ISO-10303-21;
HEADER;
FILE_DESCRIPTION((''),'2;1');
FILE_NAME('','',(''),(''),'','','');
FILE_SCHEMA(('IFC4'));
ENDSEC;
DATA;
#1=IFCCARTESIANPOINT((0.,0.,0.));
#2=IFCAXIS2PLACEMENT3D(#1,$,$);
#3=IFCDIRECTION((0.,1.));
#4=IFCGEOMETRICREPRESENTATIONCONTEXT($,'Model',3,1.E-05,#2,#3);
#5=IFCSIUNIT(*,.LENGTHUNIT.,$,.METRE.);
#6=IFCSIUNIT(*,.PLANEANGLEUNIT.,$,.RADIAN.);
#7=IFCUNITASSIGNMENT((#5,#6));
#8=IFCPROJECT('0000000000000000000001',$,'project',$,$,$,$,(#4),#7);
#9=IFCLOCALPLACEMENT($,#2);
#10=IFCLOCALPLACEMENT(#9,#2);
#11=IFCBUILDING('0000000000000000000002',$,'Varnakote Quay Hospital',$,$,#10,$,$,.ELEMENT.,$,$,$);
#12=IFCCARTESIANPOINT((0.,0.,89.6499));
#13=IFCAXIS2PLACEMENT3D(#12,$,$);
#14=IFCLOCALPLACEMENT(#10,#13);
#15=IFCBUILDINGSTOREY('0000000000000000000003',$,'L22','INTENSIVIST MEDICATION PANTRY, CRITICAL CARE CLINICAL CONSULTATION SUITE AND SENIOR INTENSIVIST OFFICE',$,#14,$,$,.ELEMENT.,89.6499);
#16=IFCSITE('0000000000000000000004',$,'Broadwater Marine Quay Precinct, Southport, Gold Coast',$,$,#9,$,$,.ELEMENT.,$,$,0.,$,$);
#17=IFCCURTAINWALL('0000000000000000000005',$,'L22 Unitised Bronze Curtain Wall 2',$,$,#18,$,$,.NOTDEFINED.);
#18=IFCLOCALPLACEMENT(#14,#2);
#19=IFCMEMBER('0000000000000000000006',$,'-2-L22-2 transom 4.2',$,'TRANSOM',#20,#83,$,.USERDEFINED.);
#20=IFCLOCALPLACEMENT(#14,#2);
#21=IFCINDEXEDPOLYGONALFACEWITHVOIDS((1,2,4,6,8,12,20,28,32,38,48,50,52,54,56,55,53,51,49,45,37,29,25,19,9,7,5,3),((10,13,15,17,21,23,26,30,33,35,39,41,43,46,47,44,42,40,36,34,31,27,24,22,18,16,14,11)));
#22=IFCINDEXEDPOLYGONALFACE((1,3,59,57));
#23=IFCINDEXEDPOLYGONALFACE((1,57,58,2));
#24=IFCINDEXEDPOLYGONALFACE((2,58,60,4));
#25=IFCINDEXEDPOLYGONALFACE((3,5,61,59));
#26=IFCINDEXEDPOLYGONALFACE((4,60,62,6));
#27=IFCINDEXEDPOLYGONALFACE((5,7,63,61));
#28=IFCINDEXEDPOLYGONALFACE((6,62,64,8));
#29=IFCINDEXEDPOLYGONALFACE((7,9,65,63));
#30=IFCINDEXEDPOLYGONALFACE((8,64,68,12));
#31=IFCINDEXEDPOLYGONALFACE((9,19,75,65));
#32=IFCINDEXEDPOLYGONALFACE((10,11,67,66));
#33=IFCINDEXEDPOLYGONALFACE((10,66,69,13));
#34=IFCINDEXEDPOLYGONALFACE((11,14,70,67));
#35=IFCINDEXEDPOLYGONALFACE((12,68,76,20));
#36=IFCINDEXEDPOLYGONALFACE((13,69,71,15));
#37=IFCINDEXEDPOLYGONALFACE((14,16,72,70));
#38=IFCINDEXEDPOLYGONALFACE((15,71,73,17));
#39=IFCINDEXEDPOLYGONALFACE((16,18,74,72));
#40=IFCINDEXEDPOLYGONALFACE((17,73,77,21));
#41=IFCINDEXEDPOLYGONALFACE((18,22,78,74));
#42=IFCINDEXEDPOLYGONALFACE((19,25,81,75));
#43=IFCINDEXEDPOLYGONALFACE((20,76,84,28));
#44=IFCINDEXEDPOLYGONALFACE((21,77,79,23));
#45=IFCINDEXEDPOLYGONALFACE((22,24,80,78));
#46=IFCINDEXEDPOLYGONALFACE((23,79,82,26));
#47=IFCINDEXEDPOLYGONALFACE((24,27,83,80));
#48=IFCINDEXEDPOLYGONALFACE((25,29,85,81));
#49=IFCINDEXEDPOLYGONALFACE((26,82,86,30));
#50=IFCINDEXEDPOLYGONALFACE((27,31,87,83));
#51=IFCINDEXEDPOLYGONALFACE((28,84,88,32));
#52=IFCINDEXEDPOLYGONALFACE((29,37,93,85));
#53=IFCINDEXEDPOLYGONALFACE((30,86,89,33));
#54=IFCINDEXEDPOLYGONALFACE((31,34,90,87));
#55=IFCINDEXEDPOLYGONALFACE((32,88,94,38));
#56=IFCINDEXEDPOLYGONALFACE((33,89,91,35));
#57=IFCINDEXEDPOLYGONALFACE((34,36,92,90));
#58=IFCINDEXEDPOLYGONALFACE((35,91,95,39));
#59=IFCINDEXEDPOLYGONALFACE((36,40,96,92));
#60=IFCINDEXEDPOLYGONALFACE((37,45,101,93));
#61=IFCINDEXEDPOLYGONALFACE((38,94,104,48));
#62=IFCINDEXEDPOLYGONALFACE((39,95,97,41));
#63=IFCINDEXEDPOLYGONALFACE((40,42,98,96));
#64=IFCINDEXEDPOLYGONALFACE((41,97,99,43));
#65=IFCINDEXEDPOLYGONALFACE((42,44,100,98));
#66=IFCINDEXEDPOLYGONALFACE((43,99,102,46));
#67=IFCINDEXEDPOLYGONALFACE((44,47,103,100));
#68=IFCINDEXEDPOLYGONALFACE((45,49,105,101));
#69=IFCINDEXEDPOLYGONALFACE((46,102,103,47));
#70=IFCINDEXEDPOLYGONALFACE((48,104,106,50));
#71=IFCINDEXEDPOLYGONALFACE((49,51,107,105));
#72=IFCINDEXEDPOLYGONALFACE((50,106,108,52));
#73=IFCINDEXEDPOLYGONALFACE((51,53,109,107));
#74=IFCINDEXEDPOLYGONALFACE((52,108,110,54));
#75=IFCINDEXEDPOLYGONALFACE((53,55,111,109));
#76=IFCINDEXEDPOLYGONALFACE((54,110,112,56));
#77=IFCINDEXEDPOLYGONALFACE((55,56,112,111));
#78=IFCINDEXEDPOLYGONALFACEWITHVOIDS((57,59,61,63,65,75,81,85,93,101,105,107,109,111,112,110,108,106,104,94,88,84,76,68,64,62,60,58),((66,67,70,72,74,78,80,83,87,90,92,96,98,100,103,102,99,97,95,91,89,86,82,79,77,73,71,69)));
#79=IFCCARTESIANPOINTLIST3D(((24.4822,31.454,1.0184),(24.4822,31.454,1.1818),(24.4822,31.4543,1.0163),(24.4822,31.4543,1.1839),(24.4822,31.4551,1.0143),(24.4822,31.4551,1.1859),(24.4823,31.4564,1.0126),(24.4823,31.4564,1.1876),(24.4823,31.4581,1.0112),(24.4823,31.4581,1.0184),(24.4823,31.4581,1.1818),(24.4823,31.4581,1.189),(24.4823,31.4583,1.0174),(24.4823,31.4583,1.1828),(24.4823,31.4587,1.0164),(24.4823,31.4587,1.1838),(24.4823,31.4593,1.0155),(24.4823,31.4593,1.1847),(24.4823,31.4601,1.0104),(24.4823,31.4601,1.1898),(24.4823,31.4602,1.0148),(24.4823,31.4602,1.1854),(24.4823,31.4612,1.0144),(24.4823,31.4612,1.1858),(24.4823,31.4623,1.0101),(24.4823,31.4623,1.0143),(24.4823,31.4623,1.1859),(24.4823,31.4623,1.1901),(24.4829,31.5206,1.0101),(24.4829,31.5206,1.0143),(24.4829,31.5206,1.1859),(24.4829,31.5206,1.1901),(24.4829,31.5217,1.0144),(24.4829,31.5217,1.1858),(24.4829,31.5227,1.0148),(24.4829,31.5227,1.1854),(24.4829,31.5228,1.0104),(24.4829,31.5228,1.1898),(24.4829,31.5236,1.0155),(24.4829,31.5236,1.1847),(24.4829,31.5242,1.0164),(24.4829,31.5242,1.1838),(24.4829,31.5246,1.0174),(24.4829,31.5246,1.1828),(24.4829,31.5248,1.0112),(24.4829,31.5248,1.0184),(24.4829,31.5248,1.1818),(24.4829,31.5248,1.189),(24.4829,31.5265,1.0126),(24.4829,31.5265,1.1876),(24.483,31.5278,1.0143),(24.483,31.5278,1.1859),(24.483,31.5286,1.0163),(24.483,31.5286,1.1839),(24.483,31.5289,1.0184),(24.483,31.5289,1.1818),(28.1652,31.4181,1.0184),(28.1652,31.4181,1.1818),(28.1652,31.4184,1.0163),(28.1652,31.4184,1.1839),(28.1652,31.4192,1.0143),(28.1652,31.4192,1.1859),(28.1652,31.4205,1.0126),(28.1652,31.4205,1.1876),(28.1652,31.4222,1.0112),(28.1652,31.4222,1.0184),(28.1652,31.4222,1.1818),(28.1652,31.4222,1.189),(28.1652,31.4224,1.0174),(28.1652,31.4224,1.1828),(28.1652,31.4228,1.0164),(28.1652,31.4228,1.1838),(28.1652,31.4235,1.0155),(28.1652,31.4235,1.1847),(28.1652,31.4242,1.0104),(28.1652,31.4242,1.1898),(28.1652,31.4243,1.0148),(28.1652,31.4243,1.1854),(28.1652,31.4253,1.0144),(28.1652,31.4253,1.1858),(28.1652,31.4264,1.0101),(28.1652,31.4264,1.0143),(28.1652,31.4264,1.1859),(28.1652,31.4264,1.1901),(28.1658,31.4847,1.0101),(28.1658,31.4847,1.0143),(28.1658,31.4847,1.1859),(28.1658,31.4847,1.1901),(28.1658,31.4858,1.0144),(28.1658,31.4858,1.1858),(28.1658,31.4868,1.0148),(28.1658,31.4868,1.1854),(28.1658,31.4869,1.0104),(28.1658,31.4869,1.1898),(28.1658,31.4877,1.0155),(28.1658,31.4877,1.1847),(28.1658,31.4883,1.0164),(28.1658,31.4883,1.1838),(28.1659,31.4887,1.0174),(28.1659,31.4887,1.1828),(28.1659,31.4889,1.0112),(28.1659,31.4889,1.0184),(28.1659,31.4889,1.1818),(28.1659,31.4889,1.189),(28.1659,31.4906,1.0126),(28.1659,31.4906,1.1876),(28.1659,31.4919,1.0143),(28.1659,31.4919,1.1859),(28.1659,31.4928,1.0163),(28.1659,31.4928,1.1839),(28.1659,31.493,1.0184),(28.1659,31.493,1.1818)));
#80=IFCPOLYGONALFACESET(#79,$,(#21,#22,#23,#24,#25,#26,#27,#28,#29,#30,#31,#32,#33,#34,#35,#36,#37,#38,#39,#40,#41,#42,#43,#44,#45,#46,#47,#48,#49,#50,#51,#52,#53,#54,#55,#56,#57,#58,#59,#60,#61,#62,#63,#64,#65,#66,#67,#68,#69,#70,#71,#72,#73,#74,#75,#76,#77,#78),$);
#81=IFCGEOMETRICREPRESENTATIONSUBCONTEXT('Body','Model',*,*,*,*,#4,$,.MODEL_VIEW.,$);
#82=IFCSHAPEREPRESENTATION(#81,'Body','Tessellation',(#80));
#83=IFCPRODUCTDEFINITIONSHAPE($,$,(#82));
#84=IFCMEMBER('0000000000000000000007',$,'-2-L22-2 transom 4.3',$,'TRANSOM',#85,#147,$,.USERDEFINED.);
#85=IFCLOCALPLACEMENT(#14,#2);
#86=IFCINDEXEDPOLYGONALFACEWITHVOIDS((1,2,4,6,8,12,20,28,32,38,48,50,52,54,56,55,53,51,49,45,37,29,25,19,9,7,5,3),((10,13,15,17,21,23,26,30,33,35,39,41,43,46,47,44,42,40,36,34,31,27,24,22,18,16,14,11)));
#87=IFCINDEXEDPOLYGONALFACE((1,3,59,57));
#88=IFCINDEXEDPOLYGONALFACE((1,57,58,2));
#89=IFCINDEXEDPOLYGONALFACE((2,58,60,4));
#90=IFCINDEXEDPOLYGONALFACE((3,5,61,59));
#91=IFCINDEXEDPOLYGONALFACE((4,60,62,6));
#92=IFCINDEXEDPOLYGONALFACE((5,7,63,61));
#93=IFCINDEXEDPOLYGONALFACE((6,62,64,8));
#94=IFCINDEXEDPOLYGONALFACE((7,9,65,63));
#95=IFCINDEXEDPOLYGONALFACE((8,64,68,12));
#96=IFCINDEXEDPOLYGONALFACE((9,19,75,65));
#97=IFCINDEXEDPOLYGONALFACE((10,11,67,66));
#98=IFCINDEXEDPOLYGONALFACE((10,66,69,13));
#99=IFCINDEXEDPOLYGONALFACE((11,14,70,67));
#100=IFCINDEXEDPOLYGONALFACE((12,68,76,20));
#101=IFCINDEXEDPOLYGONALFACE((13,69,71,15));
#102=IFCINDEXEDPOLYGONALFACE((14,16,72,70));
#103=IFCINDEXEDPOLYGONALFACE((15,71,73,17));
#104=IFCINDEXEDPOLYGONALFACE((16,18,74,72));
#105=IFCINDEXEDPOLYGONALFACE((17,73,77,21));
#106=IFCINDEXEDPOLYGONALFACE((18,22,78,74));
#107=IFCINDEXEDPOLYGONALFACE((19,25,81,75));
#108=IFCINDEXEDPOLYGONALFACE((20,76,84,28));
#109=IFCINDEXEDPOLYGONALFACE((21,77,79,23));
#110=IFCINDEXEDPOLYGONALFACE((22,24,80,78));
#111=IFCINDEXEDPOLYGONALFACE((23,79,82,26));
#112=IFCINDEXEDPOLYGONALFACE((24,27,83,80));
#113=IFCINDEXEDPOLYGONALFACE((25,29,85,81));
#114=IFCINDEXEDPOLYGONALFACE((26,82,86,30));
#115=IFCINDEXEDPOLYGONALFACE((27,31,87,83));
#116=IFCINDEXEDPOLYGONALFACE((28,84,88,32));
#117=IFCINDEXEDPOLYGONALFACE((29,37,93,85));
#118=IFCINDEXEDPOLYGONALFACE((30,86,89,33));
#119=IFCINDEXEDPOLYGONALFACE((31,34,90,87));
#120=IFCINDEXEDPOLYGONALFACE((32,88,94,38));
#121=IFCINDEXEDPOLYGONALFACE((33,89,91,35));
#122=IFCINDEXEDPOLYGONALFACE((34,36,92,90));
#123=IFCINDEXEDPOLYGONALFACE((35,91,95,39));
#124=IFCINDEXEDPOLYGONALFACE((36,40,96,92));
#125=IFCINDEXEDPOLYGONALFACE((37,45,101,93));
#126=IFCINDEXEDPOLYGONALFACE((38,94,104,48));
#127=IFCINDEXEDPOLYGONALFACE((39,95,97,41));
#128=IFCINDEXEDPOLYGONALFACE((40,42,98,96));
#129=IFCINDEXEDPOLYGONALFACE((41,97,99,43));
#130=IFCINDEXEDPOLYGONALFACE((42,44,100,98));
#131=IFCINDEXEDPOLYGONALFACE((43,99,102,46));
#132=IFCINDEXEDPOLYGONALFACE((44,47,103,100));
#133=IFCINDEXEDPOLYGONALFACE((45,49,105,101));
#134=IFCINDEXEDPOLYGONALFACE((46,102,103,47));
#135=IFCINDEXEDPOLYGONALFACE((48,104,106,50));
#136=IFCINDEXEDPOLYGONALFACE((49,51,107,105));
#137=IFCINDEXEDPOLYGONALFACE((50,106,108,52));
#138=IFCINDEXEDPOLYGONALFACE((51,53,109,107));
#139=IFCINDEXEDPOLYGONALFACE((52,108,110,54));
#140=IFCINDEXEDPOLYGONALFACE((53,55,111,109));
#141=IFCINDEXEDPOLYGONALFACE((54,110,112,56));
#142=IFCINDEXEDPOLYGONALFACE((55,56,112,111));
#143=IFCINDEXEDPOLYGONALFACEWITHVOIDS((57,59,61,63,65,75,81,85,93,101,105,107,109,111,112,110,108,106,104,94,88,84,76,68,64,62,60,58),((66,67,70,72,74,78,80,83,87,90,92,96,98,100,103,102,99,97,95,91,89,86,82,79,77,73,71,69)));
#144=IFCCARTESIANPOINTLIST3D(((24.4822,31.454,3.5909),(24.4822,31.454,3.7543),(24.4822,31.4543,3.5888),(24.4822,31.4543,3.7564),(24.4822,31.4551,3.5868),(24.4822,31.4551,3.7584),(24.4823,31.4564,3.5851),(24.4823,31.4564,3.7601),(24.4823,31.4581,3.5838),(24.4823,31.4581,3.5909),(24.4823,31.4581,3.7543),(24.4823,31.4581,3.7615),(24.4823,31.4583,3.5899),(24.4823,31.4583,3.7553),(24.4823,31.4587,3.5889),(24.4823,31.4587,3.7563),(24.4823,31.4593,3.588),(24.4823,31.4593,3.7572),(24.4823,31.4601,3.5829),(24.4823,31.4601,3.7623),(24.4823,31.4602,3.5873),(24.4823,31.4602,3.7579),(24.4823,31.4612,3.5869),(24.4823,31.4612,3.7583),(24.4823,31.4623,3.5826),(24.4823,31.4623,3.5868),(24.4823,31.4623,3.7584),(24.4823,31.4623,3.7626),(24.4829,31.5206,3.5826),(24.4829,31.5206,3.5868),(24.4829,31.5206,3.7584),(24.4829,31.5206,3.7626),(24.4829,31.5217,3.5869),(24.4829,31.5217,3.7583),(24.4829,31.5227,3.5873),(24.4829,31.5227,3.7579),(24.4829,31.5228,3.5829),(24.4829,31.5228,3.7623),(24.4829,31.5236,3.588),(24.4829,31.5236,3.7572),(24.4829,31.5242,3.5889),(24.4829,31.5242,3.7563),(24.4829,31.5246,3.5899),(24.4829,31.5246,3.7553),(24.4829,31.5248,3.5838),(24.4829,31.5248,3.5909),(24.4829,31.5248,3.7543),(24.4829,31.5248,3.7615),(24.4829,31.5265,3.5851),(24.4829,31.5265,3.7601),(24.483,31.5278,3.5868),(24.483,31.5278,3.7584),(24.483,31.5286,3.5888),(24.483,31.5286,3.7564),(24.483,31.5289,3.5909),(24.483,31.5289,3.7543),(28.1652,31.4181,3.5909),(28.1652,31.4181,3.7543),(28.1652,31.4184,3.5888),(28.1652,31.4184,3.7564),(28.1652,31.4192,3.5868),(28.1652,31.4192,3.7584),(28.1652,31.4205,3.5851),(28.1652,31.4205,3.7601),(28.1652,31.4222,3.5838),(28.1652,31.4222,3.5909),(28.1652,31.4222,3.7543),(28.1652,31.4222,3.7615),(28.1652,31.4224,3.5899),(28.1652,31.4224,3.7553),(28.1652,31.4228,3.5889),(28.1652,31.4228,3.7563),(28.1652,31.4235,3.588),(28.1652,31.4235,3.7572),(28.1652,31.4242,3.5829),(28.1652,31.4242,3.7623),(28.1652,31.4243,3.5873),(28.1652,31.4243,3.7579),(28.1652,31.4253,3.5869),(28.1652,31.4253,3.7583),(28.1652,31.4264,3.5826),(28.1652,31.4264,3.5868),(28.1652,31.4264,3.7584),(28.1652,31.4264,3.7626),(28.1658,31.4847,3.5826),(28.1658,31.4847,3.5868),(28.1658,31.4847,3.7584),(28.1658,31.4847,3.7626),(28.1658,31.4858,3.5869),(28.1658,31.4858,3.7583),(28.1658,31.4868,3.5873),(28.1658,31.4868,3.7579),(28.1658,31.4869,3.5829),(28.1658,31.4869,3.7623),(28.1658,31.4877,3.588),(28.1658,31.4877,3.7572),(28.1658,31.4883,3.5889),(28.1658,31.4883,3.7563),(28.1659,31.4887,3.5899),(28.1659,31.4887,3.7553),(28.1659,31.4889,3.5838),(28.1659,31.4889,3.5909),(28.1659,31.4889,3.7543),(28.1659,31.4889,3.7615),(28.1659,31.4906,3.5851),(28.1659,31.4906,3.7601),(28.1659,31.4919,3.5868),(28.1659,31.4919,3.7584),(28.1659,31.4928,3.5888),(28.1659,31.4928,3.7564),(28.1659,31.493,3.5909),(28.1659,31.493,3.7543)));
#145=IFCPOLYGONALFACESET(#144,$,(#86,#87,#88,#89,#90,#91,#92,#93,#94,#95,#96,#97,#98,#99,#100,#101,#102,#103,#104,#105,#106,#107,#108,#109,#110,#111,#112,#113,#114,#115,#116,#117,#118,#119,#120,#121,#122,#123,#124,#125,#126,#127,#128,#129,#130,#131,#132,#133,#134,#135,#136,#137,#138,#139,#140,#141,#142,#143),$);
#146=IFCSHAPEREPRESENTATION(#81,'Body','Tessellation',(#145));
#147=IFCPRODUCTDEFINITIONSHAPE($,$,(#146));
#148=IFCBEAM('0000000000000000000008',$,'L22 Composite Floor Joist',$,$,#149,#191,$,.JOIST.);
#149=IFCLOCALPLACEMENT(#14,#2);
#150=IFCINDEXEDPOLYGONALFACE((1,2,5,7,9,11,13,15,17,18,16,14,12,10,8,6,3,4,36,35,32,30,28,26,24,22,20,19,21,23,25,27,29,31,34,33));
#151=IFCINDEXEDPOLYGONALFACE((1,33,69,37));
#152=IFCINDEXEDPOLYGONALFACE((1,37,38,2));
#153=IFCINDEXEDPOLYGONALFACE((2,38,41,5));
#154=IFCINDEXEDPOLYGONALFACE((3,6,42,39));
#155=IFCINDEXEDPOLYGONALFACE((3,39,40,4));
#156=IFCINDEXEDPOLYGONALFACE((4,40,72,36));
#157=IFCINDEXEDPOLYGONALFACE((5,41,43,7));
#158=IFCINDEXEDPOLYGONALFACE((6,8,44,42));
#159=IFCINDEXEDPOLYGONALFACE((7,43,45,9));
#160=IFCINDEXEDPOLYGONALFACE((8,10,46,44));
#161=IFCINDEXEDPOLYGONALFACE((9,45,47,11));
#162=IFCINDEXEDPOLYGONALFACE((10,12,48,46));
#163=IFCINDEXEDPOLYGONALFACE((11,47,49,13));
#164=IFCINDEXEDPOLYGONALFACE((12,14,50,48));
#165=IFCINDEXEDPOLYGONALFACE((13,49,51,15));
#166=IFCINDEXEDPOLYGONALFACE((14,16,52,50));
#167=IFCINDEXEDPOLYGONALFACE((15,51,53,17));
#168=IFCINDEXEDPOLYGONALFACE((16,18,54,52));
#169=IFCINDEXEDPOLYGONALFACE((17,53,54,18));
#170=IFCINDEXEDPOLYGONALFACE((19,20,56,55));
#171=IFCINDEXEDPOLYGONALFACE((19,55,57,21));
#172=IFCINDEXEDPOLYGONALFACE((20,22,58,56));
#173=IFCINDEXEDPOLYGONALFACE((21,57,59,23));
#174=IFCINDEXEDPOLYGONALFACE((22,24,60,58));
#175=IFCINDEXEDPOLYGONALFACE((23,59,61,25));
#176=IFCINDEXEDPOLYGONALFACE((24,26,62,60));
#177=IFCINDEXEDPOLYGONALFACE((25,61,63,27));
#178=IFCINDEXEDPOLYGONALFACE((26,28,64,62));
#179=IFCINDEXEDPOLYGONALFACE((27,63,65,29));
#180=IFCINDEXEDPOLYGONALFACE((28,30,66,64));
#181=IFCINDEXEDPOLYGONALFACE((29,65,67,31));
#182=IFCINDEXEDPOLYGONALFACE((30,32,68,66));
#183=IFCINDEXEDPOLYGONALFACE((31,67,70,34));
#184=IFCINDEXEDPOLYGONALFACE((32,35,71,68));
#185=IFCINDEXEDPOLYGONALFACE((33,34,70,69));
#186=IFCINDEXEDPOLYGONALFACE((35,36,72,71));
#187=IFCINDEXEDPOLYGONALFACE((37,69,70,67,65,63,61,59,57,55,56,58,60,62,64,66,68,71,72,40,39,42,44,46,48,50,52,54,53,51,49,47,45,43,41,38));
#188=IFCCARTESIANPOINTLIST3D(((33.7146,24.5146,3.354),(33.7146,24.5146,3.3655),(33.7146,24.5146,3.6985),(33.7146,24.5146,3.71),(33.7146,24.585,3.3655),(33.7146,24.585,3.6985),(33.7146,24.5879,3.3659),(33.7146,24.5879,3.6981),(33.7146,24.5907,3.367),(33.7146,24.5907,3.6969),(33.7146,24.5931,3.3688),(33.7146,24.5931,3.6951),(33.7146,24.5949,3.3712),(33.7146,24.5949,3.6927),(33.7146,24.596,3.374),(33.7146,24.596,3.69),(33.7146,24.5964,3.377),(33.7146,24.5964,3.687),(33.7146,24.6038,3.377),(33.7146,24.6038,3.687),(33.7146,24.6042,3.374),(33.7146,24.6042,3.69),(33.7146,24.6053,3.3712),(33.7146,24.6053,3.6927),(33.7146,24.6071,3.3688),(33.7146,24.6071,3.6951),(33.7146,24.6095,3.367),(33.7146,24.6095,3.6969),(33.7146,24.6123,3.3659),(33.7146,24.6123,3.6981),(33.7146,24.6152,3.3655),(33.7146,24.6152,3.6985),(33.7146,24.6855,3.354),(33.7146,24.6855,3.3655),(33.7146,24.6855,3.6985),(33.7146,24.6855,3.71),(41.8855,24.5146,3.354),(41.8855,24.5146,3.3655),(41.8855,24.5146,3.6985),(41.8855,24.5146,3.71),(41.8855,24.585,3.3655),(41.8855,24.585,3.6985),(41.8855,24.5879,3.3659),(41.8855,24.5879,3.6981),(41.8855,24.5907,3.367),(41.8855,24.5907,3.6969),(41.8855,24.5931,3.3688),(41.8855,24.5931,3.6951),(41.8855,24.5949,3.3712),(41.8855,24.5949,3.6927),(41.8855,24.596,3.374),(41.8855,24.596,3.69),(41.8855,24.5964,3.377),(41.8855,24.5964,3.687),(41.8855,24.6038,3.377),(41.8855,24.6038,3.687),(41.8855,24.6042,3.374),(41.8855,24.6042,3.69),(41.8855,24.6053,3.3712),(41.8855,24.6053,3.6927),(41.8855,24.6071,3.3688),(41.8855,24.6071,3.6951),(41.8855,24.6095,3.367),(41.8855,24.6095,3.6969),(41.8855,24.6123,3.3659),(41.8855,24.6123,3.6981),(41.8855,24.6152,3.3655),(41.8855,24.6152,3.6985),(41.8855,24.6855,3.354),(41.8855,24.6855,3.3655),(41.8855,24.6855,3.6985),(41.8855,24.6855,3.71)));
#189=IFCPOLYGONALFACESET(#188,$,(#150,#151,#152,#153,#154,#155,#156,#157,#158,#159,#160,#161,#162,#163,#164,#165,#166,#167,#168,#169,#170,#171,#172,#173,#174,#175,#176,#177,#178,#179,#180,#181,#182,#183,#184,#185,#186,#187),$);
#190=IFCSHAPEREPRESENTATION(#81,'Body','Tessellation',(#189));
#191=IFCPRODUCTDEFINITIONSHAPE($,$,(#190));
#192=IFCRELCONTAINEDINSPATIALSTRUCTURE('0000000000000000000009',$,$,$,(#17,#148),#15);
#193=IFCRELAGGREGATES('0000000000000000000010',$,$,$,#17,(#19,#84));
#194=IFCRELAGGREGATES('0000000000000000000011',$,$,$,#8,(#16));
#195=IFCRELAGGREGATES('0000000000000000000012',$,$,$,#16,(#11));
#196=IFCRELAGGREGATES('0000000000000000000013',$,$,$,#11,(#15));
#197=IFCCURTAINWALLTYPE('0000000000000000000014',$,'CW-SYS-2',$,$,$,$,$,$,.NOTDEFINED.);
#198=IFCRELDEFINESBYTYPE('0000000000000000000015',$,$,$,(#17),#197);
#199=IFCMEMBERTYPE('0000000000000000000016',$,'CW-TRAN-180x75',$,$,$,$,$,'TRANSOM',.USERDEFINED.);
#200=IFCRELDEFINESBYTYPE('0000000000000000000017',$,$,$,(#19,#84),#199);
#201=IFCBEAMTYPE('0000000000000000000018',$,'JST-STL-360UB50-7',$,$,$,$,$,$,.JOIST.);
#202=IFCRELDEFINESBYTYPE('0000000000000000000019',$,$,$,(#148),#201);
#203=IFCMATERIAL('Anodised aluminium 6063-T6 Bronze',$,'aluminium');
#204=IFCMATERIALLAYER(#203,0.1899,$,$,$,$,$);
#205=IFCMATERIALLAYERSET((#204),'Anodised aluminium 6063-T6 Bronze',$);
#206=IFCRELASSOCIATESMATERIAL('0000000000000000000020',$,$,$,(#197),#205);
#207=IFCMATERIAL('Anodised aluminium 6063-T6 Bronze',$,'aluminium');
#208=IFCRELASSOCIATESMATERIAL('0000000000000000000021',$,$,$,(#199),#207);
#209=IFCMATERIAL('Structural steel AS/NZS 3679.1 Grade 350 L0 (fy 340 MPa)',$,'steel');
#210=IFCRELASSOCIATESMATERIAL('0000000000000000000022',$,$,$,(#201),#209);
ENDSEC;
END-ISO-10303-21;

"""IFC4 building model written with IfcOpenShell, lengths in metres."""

from ifc_helpers import new_model, si_unit, direction, frame, origin, origin_2d, place, context, subcontext, project, spatial, hollow_rectangle, i_section, extrude, material, layer, layer_set, material_profile, profile_set, type_object, element, aggregate, save


model = new_model("IFC4")

# Units and contexts
model_context = context("Model", 3, precision=1e-05, world=origin(), true_north=direction((0.0, 1.0)))
body_context = subcontext(model_context, "Body", "Model", "MODEL_VIEW")
ifc_project = project(units=[si_unit("LENGTHUNIT", "METRE"), si_unit("PLANEANGLEUNIT", "RADIAN")], contexts=[model_context])

# Site, building, storey
site_placement = place(None, origin())
site = spatial("IfcSite", under=ifc_project, at=site_placement, Name="Broadwater Marine Quay Precinct, Southport, Gold Coast", CompositionType="ELEMENT", RefElevation=0.0)
building_placement = place(site_placement, origin())
building = spatial("IfcBuilding", under=site, at=building_placement, Name="Varnakote Quay Hospital", CompositionType="ELEMENT")
storey_placement = place(building_placement, frame((0.0, 0.0, 89.6499)))
storey = spatial("IfcBuildingStorey", under=building, at=storey_placement, Name="L22", Description="INTENSIVIST MEDICATION PANTRY, CRITICAL CARE CLINICAL CONSULTATION SUITE AND SENIOR INTENSIVIST OFFICE", CompositionType="ELEMENT", Elevation=89.6499)

# Curtain wall, members
ifc_material_1 = material(Name="Anodised aluminium 6063-T6 Bronze", Category="aluminium")
ifc_layer_1 = layer(ifc_material_1, 0.1899)
ifc_layer_set_1 = layer_set([ifc_layer_1], Name="Anodised aluminium 6063-T6 Bronze")
curtain_wall_type = type_object("IfcCurtainWallType", Name="CW-SYS-2", PredefinedType="NOTDEFINED", material=ifc_layer_set_1)
curtain_wall_placement = place(storey_placement, origin())
curtain_wall = element("IfcCurtainWall", 1, at=curtain_wall_placement, inside=storey, type_object=curtain_wall_type, Name="L22 Unitised Bronze Curtain Wall 2", PredefinedType="NOTDEFINED")
ifc_material_2 = material(Name="Anodised aluminium 6063-T6 Bronze", Category="aluminium")
ifc_material_profile_1 = material_profile(ifc_material_2, hollow_rectangle(XDim=0.075, YDim=0.1799, WallThickness=0.0042, InnerFilletRadius=0.0042, OuterFilletRadius=0.0083, at=origin_2d()), Name="CW-TRAN-180x75")
ifc_profile_set_1 = profile_set([ifc_material_profile_1], Name="Anodised aluminium 6063-T6 Bronze")
member_type_1 = type_object("IfcMemberType", Name="CW-TRAN-180x75", ElementType="TRANSOM", PredefinedType="USERDEFINED", material=ifc_profile_set_1)
member_1_placement = place(storey_placement, frame((28.1655, 31.4556, 1.1001), z_axis=(-0.999953, 0.009744, 0.0), x_axis=(-0.009744, -0.999953, 0.0)))
member_1 = element("IfcMember", 2, at=member_1_placement, type_object=member_type_1, Name="-2-L22-2 transom 4.2", ObjectType="TRANSOM", PredefinedType="USERDEFINED", context=body_context, shape_type="SweptSolid", body=[
    extrude(hollow_rectangle(XDim=0.075, YDim=0.1799, WallThickness=0.0042, InnerFilletRadius=0.0042, OuterFilletRadius=0.0083, at=origin_2d()), origin(), (0.0, 0.0, 1.0), 3.6831),
])
member_2_placement = place(storey_placement, frame((28.1655, 31.4556, 3.6726), z_axis=(-0.999953, 0.009744, 0.0), x_axis=(-0.009744, -0.999953, 0.0)))
member_2 = element("IfcMember", 3, at=member_2_placement, type_object=member_type_1, Name="-2-L22-2 transom 4.3", ObjectType="TRANSOM", PredefinedType="USERDEFINED", context=body_context, shape_type="SweptSolid", body=[
    extrude(hollow_rectangle(XDim=0.075, YDim=0.1799, WallThickness=0.0042, InnerFilletRadius=0.0042, OuterFilletRadius=0.0083, at=origin_2d()), origin(), (0.0, 0.0, 1.0), 3.6831),
])

# Beam
ifc_material_3 = material(Name="Structural steel AS/NZS 3679.1 Grade 350 L0 (fy 340 MPa)", Category="steel")
ifc_material_profile_2 = material_profile(ifc_material_3, i_section(OverallWidth=0.1709, OverallDepth=0.356, WebThickness=0.0073, FlangeThickness=0.0115, FilletRadius=0.0115, at=origin_2d()), Name="360UB50.7")
ifc_profile_set_2 = profile_set([ifc_material_profile_2], Name="Structural steel AS/NZS 3679.1 Grade 350 L0 (fy 340 MPa)")
beam_type_1 = type_object("IfcBeamType", Name="JST-STL-360UB50-7", PredefinedType="JOIST", material=ifc_profile_set_2)
beam_1_placement = place(storey_placement, frame((33.7146, 24.6001, 3.532), z_axis=(1.0, 0.0, 0.0), x_axis=(0.0, 1.0, 0.0)))
element("IfcBeam", 4, at=beam_1_placement, inside=storey, type_object=beam_type_1, Name="L22 Composite Floor Joist", PredefinedType="JOIST", context=body_context, shape_type="SweptSolid", body=[
    extrude(i_section(OverallWidth=0.1709, OverallDepth=0.356, WebThickness=0.0073, FlangeThickness=0.0115, FilletRadius=0.0115, at=origin_2d()), origin(), (0.0, 0.0, 1.0), 8.1709),
])

aggregate(curtain_wall, [member_1, member_2])

save(model, "model.ifc")
